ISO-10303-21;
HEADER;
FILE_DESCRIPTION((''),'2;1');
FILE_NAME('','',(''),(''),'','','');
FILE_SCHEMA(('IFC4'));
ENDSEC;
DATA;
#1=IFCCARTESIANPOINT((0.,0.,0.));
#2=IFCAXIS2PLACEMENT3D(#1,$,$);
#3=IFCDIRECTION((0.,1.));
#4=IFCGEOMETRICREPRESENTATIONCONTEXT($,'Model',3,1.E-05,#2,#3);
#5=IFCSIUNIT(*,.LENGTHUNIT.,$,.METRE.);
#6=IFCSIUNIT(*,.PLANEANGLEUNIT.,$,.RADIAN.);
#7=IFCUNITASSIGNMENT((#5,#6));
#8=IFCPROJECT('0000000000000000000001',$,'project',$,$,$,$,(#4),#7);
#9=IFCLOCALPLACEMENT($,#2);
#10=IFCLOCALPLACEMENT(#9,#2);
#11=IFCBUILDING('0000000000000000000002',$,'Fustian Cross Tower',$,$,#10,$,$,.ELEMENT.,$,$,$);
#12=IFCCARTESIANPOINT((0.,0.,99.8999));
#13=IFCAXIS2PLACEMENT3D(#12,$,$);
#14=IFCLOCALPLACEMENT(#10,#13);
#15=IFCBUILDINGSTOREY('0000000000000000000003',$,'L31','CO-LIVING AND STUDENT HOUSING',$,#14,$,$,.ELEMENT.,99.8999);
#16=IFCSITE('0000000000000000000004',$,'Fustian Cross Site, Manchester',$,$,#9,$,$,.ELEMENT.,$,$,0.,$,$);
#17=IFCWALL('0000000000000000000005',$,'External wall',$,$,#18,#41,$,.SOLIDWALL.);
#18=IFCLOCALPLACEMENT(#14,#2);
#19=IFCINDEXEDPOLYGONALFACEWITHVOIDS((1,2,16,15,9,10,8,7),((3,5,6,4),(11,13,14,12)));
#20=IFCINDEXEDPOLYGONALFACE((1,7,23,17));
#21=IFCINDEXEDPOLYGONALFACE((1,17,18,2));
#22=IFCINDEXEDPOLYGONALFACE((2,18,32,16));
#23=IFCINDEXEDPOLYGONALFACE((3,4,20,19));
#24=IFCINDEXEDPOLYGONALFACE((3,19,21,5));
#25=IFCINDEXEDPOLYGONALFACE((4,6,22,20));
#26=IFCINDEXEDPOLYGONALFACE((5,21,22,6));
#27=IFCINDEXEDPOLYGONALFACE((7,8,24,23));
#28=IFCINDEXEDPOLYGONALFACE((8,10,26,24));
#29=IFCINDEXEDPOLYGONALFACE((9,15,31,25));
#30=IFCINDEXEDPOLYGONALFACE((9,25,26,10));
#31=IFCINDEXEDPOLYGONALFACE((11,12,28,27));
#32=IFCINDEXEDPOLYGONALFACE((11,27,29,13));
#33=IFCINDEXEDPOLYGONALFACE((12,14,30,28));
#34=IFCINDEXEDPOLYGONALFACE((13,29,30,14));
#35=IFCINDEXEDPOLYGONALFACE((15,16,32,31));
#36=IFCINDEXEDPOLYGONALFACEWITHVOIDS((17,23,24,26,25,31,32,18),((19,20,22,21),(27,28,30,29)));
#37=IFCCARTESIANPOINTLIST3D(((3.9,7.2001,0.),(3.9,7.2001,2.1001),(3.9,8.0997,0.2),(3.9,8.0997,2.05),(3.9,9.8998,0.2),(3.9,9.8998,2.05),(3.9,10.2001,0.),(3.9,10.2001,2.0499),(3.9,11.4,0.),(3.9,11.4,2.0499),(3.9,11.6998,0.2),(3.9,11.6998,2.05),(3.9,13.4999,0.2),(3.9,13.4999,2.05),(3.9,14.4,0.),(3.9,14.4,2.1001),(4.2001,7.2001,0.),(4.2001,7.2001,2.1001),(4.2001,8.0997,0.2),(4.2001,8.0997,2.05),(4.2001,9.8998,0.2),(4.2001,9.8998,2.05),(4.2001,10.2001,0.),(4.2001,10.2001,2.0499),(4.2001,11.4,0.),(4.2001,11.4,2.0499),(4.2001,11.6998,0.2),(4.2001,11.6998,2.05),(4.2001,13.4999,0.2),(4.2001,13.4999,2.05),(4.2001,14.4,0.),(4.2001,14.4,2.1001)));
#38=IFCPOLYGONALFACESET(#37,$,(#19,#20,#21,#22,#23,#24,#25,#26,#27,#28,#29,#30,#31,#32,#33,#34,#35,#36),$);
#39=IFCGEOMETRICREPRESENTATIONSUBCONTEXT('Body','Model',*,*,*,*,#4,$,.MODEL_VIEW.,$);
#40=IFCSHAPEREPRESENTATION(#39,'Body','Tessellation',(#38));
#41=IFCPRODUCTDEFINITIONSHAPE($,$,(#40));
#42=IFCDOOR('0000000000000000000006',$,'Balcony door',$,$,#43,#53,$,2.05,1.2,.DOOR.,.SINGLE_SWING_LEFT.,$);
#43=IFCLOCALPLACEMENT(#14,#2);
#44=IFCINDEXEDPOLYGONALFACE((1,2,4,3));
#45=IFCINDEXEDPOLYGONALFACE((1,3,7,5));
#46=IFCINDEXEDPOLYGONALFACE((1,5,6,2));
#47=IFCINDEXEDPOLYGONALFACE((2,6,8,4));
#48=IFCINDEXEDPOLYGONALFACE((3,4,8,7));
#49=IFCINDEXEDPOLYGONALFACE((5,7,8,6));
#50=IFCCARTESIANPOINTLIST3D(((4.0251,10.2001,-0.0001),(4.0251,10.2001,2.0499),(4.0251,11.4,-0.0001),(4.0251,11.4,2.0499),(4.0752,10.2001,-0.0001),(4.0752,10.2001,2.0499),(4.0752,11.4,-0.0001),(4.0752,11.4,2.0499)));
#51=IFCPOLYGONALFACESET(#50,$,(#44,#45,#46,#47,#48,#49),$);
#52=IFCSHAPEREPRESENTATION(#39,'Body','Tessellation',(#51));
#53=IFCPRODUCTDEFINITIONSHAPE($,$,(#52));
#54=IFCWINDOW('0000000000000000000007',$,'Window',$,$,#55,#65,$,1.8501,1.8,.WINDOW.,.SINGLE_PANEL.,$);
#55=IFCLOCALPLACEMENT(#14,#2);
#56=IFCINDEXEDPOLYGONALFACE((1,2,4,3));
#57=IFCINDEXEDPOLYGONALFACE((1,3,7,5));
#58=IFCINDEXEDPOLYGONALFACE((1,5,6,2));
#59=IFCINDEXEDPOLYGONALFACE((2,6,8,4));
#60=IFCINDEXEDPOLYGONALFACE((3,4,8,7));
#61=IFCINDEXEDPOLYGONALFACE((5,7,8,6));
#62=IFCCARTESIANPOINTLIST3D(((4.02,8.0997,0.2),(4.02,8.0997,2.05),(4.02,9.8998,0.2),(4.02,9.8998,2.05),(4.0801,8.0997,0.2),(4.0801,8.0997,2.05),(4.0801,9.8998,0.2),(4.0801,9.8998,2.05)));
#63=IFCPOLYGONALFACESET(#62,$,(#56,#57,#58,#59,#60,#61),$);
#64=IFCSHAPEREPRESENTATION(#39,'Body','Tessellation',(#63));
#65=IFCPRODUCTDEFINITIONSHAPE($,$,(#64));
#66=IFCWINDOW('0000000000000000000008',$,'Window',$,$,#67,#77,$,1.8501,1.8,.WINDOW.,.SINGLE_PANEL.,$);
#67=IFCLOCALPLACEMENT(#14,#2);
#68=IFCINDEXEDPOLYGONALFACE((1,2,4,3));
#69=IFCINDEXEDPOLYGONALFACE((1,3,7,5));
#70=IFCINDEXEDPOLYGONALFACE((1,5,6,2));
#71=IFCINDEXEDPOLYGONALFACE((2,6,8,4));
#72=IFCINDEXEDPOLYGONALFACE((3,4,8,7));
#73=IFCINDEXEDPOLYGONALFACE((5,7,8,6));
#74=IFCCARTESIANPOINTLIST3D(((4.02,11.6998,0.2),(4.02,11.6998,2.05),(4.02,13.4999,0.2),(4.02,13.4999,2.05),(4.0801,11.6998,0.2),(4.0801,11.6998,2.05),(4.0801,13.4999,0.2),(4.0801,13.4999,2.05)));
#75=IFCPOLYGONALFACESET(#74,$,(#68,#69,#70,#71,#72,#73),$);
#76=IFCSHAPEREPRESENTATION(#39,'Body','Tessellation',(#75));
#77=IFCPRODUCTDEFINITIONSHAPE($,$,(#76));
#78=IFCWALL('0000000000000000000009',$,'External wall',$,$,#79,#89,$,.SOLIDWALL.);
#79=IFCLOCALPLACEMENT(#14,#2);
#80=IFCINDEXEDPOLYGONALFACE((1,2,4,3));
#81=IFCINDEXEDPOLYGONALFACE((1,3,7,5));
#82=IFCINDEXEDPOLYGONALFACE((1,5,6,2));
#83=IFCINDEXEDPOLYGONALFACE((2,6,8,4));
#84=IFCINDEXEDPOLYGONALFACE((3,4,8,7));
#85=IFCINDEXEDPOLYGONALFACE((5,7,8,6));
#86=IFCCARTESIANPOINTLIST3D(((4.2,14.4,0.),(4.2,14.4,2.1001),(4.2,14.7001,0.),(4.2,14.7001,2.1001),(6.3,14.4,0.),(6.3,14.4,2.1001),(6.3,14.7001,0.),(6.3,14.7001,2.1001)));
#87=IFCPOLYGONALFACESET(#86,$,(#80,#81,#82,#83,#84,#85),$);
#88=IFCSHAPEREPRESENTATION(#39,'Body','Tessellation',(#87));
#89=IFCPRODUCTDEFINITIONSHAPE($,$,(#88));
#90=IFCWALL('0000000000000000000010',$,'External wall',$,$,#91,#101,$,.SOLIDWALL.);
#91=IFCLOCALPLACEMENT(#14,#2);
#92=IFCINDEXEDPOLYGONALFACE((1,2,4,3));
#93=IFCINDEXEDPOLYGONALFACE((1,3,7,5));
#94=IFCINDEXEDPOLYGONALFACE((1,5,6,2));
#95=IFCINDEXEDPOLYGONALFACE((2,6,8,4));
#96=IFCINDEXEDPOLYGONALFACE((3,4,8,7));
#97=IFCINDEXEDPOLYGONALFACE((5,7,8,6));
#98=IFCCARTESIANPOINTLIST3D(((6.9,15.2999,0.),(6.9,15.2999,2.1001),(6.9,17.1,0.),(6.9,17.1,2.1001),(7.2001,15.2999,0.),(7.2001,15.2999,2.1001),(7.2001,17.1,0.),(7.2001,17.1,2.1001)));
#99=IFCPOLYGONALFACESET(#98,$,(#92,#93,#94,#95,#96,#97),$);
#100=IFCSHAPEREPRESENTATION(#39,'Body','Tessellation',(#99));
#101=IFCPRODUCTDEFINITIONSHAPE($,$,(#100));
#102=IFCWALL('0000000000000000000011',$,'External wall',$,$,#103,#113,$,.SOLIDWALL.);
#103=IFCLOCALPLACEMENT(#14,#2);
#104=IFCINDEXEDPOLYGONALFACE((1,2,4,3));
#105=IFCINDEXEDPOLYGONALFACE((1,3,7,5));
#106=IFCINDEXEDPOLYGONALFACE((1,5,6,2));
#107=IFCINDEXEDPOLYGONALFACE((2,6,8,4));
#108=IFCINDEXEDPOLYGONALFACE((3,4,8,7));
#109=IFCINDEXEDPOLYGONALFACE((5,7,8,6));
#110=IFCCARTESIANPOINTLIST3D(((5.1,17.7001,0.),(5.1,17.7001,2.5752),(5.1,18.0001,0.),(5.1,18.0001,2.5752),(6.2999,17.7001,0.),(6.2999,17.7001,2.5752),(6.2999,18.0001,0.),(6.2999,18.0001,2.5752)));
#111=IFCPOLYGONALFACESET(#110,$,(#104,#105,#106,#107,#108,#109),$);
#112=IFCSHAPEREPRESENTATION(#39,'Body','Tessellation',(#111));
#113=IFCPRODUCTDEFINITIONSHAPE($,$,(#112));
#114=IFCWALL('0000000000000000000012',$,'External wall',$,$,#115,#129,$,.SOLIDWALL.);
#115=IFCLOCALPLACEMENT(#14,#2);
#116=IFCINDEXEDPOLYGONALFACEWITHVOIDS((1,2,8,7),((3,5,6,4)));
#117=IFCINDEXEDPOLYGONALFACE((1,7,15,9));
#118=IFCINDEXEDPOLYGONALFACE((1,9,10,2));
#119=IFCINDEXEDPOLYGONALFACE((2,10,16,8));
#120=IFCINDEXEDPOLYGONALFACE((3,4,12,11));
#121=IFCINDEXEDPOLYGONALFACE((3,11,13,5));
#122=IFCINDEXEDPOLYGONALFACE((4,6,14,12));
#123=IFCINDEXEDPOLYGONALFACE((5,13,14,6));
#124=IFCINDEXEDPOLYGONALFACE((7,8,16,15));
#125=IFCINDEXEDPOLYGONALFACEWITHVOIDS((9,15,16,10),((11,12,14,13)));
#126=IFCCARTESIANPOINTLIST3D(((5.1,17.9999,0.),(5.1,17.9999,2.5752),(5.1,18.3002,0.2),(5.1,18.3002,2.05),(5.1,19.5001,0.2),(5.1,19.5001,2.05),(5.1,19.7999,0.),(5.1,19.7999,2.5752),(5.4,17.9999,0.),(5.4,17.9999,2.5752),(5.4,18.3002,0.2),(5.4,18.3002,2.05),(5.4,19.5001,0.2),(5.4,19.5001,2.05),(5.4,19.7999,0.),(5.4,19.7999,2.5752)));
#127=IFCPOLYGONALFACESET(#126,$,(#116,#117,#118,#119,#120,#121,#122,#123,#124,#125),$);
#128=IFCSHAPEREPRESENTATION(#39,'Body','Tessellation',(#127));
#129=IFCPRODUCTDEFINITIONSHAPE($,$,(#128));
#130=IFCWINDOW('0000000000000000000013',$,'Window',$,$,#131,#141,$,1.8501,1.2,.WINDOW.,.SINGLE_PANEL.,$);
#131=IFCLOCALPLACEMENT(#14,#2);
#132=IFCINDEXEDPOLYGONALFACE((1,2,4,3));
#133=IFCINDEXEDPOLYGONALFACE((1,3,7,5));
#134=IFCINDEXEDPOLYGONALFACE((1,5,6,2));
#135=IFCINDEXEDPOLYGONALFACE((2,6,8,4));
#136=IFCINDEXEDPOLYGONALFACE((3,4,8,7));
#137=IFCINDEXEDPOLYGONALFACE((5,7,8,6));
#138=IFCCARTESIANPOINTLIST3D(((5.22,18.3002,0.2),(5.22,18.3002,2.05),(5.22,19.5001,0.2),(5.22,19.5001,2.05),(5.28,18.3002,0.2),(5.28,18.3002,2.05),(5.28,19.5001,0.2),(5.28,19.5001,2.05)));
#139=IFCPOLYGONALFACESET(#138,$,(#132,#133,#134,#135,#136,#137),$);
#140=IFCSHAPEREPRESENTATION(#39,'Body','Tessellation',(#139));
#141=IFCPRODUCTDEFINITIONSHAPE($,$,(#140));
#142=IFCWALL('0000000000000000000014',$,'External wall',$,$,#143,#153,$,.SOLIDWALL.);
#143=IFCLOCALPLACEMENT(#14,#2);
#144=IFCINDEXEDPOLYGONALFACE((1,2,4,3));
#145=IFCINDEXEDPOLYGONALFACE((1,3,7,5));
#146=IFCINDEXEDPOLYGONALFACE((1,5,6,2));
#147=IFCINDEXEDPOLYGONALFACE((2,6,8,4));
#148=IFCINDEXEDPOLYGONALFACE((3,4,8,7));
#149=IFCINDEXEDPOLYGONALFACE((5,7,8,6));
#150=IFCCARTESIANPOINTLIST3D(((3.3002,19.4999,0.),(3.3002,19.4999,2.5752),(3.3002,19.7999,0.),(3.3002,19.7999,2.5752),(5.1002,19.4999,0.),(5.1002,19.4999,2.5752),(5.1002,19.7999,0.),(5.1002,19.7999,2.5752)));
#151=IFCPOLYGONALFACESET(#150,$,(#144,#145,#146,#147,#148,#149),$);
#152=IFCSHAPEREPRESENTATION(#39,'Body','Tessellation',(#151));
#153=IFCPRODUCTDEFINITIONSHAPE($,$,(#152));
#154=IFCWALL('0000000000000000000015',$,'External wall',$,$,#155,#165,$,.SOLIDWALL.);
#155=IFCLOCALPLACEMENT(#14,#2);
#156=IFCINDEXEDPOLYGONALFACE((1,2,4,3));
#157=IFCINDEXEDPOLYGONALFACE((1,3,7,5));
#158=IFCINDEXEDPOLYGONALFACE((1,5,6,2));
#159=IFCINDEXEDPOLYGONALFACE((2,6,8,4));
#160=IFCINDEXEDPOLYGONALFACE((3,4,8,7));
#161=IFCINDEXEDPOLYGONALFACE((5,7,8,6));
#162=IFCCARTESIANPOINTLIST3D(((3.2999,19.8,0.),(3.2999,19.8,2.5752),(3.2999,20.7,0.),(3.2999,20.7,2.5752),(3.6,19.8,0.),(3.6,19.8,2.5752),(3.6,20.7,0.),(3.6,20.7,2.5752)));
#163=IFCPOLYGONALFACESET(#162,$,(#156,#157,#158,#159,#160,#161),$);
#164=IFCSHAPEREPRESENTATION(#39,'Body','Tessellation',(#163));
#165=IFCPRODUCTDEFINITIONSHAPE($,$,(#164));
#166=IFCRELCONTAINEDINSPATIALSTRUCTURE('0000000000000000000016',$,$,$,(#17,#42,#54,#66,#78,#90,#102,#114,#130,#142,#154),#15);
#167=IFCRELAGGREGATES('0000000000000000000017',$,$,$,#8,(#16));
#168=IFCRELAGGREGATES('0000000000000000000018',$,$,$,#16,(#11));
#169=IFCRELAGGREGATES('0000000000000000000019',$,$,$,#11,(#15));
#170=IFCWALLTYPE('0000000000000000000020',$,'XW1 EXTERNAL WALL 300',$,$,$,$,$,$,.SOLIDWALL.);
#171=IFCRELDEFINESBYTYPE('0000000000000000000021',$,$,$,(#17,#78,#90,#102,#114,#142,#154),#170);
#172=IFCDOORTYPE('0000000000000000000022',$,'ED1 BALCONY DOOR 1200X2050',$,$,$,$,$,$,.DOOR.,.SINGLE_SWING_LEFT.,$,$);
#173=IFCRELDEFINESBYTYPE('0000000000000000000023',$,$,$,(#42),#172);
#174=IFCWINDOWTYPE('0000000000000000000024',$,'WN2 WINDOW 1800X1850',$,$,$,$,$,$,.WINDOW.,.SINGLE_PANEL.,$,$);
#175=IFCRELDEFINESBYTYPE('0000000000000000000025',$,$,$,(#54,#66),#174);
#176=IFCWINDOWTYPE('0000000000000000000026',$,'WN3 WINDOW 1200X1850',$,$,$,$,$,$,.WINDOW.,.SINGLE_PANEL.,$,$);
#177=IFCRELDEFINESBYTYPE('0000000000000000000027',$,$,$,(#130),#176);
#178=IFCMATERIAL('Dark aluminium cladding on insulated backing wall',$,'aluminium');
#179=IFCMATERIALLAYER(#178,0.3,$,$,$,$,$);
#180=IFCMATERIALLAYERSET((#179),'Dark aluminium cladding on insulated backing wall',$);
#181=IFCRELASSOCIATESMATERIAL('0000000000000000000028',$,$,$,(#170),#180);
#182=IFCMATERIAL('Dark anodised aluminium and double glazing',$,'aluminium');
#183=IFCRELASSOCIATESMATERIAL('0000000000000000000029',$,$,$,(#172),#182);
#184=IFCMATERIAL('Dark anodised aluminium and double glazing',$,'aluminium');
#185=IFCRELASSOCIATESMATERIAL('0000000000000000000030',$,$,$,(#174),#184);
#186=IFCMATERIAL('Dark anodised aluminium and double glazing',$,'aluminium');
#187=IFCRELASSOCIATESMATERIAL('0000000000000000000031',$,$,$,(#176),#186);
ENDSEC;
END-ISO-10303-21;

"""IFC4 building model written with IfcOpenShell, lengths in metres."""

from ifc_helpers import new_model, si_unit, direction, frame, frame_2d, origin, place, context, subcontext, project, spatial, rectangle, extrude, material, layer, layer_set, type_object, element, fill, save


model = new_model("IFC4")

# Units and contexts
model_context = context("Model", 3, precision=1e-05, world=origin(), true_north=direction((0.0, 1.0)))
body_context = subcontext(model_context, "Body", "Model", "MODEL_VIEW")
ifc_project = project(units=[si_unit("LENGTHUNIT", "METRE"), si_unit("PLANEANGLEUNIT", "RADIAN")], contexts=[model_context])

# Site, building, storey
site_placement = place(None, origin())
site = spatial("IfcSite", under=ifc_project, at=site_placement, Name="Fustian Cross Site, Manchester", CompositionType="ELEMENT", RefElevation=0.0)
building_placement = place(site_placement, origin())
building = spatial("IfcBuilding", under=site, at=building_placement, Name="Fustian Cross Tower", CompositionType="ELEMENT")
storey_placement = place(building_placement, frame((0.0, 0.0, 99.8999)))
storey = spatial("IfcBuildingStorey", under=building, at=storey_placement, Name="L31", Description="CO-LIVING AND STUDENT HOUSING", CompositionType="ELEMENT", Elevation=99.8999)

# Wall, openings, door, windows
ifc_material_1 = material(Name="Dark aluminium cladding on insulated backing wall", Category="aluminium")
ifc_layer_1 = layer(ifc_material_1, 0.3)
ifc_layer_set_1 = layer_set([ifc_layer_1], Name="Dark aluminium cladding on insulated backing wall")
wall_type_1 = type_object("IfcWallType", Name="XW1 EXTERNAL WALL 300", PredefinedType="SOLIDWALL", material=ifc_layer_set_1)
wall_1_placement = place(storey_placement, frame((4.05, 7.2, 0.0), z_axis=(0.0, 0.0, 1.0), x_axis=(0.0, 1.0, 0.0)))
wall_1 = element("IfcWall", 1, at=wall_1_placement, inside=storey, type_object=wall_type_1, Name="External wall", PredefinedType="SOLIDWALL", context=body_context, shape_type="SweptSolid", body=[
    extrude(rectangle(XDim=7.2, YDim=0.3, at=frame_2d((3.6001, 0.0))), origin(), (0.0, 0.0, 1.0), 2.1001),
])
opening_1_placement = place(wall_1_placement, frame((3.0, 0.0, 0.0)))
opening_1 = element("IfcOpeningElement", 2, at=opening_1_placement, cuts=wall_1, PredefinedType="OPENING", context=body_context, shape_type="SweptSolid", body=[
    extrude(rectangle(XDim=1.2, YDim=2.05, at=frame_2d((0.6001, 1.0249))), frame((0.0, 0.1599, 0.0), z_axis=(0.0, -1.0, 0.0), x_axis=(1.0, 0.0, 0.0)), (0.0, 0.0, 1.0), 0.3201),
])
opening_2_placement = place(wall_1_placement, frame((0.8999, 0.0, 0.2)))
opening_2 = element("IfcOpeningElement", 3, at=opening_2_placement, cuts=wall_1, PredefinedType="OPENING", context=body_context, shape_type="SweptSolid", body=[
    extrude(rectangle(XDim=1.8, YDim=1.8501, at=frame_2d((0.8999, 0.925))), frame((0.0, 0.1599, 0.0), z_axis=(0.0, -1.0, 0.0), x_axis=(1.0, 0.0, 0.0)), (0.0, 0.0, 1.0), 0.3201),
])
opening_3_placement = place(wall_1_placement, frame((4.5, 0.0, 0.2)))
opening_3 = element("IfcOpeningElement", 4, at=opening_3_placement, cuts=wall_1, PredefinedType="OPENING", context=body_context, shape_type="SweptSolid", body=[
    extrude(rectangle(XDim=1.8, YDim=1.8501, at=frame_2d((0.8999, 0.925))), frame((0.0, 0.1599, 0.0), z_axis=(0.0, -1.0, 0.0), x_axis=(1.0, 0.0, 0.0)), (0.0, 0.0, 1.0), 0.3201),
])
ifc_material_2 = material(Name="Dark anodised aluminium and double glazing", Category="aluminium")
door_type = type_object("IfcDoorType", Name="ED1 BALCONY DOOR 1200X2050", OperationType="SINGLE_SWING_LEFT", PredefinedType="DOOR", material=ifc_material_2)
door_placement = place(opening_1_placement, origin())
door = element("IfcDoor", 5, at=door_placement, inside=storey, type_object=door_type, Name="Balcony door", OperationType="SINGLE_SWING_LEFT", OverallHeight=2.05, OverallWidth=1.2, PredefinedType="DOOR", context=body_context, shape_type="SweptSolid", body=[
    extrude(rectangle(XDim=1.2, YDim=2.05, at=frame_2d((0.6001, 1.0249))), frame((0.0, 0.0249, 0.0), z_axis=(0.0, -1.0, 0.0), x_axis=(1.0, 0.0, 0.0)), (0.0, 0.0, 1.0), 0.05),
])
fill(opening_1, door)
ifc_material_3 = material(Name="Dark anodised aluminium and double glazing", Category="aluminium")
window_type_1 = type_object("IfcWindowType", Name="WN2 WINDOW 1800X1850", PartitioningType="SINGLE_PANEL", PredefinedType="WINDOW", material=ifc_material_3)
window_1_placement = place(opening_2_placement, origin())
window_1 = element("IfcWindow", 6, at=window_1_placement, inside=storey, type_object=window_type_1, Name="Window", OverallHeight=1.8501, OverallWidth=1.8, PartitioningType="SINGLE_PANEL", PredefinedType="WINDOW", context=body_context, shape_type="SweptSolid", body=[
    extrude(rectangle(XDim=1.8, YDim=1.8501, at=frame_2d((0.8999, 0.925))), frame((0.0, 0.03, 0.0), z_axis=(0.0, -1.0, 0.0), x_axis=(1.0, 0.0, 0.0)), (0.0, 0.0, 1.0), 0.0601),
])
fill(opening_2, window_1)
window_2_placement = place(opening_3_placement, origin())
window_2 = element("IfcWindow", 7, at=window_2_placement, inside=storey, type_object=window_type_1, Name="Window", OverallHeight=1.8501, OverallWidth=1.8, PartitioningType="SINGLE_PANEL", PredefinedType="WINDOW", context=body_context, shape_type="SweptSolid", body=[
    extrude(rectangle(XDim=1.8, YDim=1.8501, at=frame_2d((0.8999, 0.925))), frame((0.0, 0.03, 0.0), z_axis=(0.0, -1.0, 0.0), x_axis=(1.0, 0.0, 0.0)), (0.0, 0.0, 1.0), 0.0601),
])
fill(opening_3, window_2)

# Walls
wall_2_placement = place(storey_placement, frame((4.2, 14.55, 0.0), z_axis=(0.0, 0.0, 1.0), x_axis=(1.0, 0.0, 0.0)))
element("IfcWall", 8, at=wall_2_placement, inside=storey, type_object=wall_type_1, Name="External wall", PredefinedType="SOLIDWALL", context=body_context, shape_type="SweptSolid", body=[
    extrude(rectangle(XDim=2.1001, YDim=0.3, at=frame_2d((1.05, 0.0))), origin(), (0.0, 0.0, 1.0), 2.1001),
])
wall_3_placement = place(storey_placement, frame((7.05, 15.3, 0.0), z_axis=(0.0, 0.0, 1.0), x_axis=(0.0, 1.0, 0.0)))
element("IfcWall", 9, at=wall_3_placement, inside=storey, type_object=wall_type_1, Name="External wall", PredefinedType="SOLIDWALL", context=body_context, shape_type="SweptSolid", body=[
    extrude(rectangle(XDim=1.8, YDim=0.3, at=frame_2d((0.8999, 0.0))), origin(), (0.0, 0.0, 1.0), 2.1001),
])
wall_4_placement = place(storey_placement, frame((6.3, 17.8501, 0.0), z_axis=(0.0, 0.0, 1.0), x_axis=(-1.0, 0.0, 0.0)))
element("IfcWall", 10, at=wall_4_placement, inside=storey, type_object=wall_type_1, Name="External wall", PredefinedType="SOLIDWALL", context=body_context, shape_type="SweptSolid", body=[
    extrude(rectangle(XDim=1.2, YDim=0.3, at=frame_2d((0.6001, 0.0))), origin(), (0.0, 0.0, 1.0), 2.5752),
])

# Wall, opening, window
wall_5_placement = place(storey_placement, frame((5.25, 18.0, 0.0), z_axis=(0.0, 0.0, 1.0), x_axis=(0.0, 1.0, 0.0)))
wall_5 = element("IfcWall", 11, at=wall_5_placement, inside=storey, type_object=wall_type_1, Name="External wall", PredefinedType="SOLIDWALL", context=body_context, shape_type="SweptSolid", body=[
    extrude(rectangle(XDim=1.8, YDim=0.3, at=frame_2d((0.8999, 0.0))), origin(), (0.0, 0.0, 1.0), 2.5752),
])
opening_4_placement = place(wall_5_placement, frame((0.3, 0.0, 0.2)))
opening_4 = element("IfcOpeningElement", 12, at=opening_4_placement, cuts=wall_5, PredefinedType="OPENING", context=body_context, shape_type="SweptSolid", body=[
    extrude(rectangle(XDim=1.2, YDim=1.8501, at=frame_2d((0.6001, 0.925))), frame((0.0, 0.1599, 0.0), z_axis=(0.0, -1.0, 0.0), x_axis=(1.0, 0.0, 0.0)), (0.0, 0.0, 1.0), 0.3201),
])
ifc_material_4 = material(Name="Dark anodised aluminium and double glazing", Category="aluminium")
window_type_2 = type_object("IfcWindowType", Name="WN3 WINDOW 1200X1850", PartitioningType="SINGLE_PANEL", PredefinedType="WINDOW", material=ifc_material_4)
window_3_placement = place(opening_4_placement, origin())
window_3 = element("IfcWindow", 13, at=window_3_placement, inside=storey, type_object=window_type_2, Name="Window", OverallHeight=1.8501, OverallWidth=1.2, PartitioningType="SINGLE_PANEL", PredefinedType="WINDOW", context=body_context, shape_type="SweptSolid", body=[
    extrude(rectangle(XDim=1.2, YDim=1.8501, at=frame_2d((0.6001, 0.925))), frame((0.0, 0.03, 0.0), z_axis=(0.0, -1.0, 0.0), x_axis=(1.0, 0.0, 0.0)), (0.0, 0.0, 1.0), 0.0601),
])
fill(opening_4, window_3)

# Walls
wall_6_placement = place(storey_placement, frame((5.1001, 19.6499, 0.0), z_axis=(0.0, 0.0, 1.0), x_axis=(-1.0, 0.0, 0.0)))
element("IfcWall", 14, at=wall_6_placement, inside=storey, type_object=wall_type_1, Name="External wall", PredefinedType="SOLIDWALL", context=body_context, shape_type="SweptSolid", body=[
    extrude(rectangle(XDim=1.8, YDim=0.3, at=frame_2d((0.8999, 0.0))), origin(), (0.0, 0.0, 1.0), 2.5752),
])
wall_7_placement = place(storey_placement, frame((3.45, 19.8, 0.0), z_axis=(0.0, 0.0, 1.0), x_axis=(0.0, 1.0, 0.0)))
element("IfcWall", 15, at=wall_7_placement, inside=storey, type_object=wall_type_1, Name="External wall", PredefinedType="SOLIDWALL", context=body_context, shape_type="SweptSolid", body=[
    extrude(rectangle(XDim=0.8999, YDim=0.3, at=frame_2d((0.45, 0.0))), origin(), (0.0, 0.0, 1.0), 2.5752),
])

save(model, "model.ifc")
